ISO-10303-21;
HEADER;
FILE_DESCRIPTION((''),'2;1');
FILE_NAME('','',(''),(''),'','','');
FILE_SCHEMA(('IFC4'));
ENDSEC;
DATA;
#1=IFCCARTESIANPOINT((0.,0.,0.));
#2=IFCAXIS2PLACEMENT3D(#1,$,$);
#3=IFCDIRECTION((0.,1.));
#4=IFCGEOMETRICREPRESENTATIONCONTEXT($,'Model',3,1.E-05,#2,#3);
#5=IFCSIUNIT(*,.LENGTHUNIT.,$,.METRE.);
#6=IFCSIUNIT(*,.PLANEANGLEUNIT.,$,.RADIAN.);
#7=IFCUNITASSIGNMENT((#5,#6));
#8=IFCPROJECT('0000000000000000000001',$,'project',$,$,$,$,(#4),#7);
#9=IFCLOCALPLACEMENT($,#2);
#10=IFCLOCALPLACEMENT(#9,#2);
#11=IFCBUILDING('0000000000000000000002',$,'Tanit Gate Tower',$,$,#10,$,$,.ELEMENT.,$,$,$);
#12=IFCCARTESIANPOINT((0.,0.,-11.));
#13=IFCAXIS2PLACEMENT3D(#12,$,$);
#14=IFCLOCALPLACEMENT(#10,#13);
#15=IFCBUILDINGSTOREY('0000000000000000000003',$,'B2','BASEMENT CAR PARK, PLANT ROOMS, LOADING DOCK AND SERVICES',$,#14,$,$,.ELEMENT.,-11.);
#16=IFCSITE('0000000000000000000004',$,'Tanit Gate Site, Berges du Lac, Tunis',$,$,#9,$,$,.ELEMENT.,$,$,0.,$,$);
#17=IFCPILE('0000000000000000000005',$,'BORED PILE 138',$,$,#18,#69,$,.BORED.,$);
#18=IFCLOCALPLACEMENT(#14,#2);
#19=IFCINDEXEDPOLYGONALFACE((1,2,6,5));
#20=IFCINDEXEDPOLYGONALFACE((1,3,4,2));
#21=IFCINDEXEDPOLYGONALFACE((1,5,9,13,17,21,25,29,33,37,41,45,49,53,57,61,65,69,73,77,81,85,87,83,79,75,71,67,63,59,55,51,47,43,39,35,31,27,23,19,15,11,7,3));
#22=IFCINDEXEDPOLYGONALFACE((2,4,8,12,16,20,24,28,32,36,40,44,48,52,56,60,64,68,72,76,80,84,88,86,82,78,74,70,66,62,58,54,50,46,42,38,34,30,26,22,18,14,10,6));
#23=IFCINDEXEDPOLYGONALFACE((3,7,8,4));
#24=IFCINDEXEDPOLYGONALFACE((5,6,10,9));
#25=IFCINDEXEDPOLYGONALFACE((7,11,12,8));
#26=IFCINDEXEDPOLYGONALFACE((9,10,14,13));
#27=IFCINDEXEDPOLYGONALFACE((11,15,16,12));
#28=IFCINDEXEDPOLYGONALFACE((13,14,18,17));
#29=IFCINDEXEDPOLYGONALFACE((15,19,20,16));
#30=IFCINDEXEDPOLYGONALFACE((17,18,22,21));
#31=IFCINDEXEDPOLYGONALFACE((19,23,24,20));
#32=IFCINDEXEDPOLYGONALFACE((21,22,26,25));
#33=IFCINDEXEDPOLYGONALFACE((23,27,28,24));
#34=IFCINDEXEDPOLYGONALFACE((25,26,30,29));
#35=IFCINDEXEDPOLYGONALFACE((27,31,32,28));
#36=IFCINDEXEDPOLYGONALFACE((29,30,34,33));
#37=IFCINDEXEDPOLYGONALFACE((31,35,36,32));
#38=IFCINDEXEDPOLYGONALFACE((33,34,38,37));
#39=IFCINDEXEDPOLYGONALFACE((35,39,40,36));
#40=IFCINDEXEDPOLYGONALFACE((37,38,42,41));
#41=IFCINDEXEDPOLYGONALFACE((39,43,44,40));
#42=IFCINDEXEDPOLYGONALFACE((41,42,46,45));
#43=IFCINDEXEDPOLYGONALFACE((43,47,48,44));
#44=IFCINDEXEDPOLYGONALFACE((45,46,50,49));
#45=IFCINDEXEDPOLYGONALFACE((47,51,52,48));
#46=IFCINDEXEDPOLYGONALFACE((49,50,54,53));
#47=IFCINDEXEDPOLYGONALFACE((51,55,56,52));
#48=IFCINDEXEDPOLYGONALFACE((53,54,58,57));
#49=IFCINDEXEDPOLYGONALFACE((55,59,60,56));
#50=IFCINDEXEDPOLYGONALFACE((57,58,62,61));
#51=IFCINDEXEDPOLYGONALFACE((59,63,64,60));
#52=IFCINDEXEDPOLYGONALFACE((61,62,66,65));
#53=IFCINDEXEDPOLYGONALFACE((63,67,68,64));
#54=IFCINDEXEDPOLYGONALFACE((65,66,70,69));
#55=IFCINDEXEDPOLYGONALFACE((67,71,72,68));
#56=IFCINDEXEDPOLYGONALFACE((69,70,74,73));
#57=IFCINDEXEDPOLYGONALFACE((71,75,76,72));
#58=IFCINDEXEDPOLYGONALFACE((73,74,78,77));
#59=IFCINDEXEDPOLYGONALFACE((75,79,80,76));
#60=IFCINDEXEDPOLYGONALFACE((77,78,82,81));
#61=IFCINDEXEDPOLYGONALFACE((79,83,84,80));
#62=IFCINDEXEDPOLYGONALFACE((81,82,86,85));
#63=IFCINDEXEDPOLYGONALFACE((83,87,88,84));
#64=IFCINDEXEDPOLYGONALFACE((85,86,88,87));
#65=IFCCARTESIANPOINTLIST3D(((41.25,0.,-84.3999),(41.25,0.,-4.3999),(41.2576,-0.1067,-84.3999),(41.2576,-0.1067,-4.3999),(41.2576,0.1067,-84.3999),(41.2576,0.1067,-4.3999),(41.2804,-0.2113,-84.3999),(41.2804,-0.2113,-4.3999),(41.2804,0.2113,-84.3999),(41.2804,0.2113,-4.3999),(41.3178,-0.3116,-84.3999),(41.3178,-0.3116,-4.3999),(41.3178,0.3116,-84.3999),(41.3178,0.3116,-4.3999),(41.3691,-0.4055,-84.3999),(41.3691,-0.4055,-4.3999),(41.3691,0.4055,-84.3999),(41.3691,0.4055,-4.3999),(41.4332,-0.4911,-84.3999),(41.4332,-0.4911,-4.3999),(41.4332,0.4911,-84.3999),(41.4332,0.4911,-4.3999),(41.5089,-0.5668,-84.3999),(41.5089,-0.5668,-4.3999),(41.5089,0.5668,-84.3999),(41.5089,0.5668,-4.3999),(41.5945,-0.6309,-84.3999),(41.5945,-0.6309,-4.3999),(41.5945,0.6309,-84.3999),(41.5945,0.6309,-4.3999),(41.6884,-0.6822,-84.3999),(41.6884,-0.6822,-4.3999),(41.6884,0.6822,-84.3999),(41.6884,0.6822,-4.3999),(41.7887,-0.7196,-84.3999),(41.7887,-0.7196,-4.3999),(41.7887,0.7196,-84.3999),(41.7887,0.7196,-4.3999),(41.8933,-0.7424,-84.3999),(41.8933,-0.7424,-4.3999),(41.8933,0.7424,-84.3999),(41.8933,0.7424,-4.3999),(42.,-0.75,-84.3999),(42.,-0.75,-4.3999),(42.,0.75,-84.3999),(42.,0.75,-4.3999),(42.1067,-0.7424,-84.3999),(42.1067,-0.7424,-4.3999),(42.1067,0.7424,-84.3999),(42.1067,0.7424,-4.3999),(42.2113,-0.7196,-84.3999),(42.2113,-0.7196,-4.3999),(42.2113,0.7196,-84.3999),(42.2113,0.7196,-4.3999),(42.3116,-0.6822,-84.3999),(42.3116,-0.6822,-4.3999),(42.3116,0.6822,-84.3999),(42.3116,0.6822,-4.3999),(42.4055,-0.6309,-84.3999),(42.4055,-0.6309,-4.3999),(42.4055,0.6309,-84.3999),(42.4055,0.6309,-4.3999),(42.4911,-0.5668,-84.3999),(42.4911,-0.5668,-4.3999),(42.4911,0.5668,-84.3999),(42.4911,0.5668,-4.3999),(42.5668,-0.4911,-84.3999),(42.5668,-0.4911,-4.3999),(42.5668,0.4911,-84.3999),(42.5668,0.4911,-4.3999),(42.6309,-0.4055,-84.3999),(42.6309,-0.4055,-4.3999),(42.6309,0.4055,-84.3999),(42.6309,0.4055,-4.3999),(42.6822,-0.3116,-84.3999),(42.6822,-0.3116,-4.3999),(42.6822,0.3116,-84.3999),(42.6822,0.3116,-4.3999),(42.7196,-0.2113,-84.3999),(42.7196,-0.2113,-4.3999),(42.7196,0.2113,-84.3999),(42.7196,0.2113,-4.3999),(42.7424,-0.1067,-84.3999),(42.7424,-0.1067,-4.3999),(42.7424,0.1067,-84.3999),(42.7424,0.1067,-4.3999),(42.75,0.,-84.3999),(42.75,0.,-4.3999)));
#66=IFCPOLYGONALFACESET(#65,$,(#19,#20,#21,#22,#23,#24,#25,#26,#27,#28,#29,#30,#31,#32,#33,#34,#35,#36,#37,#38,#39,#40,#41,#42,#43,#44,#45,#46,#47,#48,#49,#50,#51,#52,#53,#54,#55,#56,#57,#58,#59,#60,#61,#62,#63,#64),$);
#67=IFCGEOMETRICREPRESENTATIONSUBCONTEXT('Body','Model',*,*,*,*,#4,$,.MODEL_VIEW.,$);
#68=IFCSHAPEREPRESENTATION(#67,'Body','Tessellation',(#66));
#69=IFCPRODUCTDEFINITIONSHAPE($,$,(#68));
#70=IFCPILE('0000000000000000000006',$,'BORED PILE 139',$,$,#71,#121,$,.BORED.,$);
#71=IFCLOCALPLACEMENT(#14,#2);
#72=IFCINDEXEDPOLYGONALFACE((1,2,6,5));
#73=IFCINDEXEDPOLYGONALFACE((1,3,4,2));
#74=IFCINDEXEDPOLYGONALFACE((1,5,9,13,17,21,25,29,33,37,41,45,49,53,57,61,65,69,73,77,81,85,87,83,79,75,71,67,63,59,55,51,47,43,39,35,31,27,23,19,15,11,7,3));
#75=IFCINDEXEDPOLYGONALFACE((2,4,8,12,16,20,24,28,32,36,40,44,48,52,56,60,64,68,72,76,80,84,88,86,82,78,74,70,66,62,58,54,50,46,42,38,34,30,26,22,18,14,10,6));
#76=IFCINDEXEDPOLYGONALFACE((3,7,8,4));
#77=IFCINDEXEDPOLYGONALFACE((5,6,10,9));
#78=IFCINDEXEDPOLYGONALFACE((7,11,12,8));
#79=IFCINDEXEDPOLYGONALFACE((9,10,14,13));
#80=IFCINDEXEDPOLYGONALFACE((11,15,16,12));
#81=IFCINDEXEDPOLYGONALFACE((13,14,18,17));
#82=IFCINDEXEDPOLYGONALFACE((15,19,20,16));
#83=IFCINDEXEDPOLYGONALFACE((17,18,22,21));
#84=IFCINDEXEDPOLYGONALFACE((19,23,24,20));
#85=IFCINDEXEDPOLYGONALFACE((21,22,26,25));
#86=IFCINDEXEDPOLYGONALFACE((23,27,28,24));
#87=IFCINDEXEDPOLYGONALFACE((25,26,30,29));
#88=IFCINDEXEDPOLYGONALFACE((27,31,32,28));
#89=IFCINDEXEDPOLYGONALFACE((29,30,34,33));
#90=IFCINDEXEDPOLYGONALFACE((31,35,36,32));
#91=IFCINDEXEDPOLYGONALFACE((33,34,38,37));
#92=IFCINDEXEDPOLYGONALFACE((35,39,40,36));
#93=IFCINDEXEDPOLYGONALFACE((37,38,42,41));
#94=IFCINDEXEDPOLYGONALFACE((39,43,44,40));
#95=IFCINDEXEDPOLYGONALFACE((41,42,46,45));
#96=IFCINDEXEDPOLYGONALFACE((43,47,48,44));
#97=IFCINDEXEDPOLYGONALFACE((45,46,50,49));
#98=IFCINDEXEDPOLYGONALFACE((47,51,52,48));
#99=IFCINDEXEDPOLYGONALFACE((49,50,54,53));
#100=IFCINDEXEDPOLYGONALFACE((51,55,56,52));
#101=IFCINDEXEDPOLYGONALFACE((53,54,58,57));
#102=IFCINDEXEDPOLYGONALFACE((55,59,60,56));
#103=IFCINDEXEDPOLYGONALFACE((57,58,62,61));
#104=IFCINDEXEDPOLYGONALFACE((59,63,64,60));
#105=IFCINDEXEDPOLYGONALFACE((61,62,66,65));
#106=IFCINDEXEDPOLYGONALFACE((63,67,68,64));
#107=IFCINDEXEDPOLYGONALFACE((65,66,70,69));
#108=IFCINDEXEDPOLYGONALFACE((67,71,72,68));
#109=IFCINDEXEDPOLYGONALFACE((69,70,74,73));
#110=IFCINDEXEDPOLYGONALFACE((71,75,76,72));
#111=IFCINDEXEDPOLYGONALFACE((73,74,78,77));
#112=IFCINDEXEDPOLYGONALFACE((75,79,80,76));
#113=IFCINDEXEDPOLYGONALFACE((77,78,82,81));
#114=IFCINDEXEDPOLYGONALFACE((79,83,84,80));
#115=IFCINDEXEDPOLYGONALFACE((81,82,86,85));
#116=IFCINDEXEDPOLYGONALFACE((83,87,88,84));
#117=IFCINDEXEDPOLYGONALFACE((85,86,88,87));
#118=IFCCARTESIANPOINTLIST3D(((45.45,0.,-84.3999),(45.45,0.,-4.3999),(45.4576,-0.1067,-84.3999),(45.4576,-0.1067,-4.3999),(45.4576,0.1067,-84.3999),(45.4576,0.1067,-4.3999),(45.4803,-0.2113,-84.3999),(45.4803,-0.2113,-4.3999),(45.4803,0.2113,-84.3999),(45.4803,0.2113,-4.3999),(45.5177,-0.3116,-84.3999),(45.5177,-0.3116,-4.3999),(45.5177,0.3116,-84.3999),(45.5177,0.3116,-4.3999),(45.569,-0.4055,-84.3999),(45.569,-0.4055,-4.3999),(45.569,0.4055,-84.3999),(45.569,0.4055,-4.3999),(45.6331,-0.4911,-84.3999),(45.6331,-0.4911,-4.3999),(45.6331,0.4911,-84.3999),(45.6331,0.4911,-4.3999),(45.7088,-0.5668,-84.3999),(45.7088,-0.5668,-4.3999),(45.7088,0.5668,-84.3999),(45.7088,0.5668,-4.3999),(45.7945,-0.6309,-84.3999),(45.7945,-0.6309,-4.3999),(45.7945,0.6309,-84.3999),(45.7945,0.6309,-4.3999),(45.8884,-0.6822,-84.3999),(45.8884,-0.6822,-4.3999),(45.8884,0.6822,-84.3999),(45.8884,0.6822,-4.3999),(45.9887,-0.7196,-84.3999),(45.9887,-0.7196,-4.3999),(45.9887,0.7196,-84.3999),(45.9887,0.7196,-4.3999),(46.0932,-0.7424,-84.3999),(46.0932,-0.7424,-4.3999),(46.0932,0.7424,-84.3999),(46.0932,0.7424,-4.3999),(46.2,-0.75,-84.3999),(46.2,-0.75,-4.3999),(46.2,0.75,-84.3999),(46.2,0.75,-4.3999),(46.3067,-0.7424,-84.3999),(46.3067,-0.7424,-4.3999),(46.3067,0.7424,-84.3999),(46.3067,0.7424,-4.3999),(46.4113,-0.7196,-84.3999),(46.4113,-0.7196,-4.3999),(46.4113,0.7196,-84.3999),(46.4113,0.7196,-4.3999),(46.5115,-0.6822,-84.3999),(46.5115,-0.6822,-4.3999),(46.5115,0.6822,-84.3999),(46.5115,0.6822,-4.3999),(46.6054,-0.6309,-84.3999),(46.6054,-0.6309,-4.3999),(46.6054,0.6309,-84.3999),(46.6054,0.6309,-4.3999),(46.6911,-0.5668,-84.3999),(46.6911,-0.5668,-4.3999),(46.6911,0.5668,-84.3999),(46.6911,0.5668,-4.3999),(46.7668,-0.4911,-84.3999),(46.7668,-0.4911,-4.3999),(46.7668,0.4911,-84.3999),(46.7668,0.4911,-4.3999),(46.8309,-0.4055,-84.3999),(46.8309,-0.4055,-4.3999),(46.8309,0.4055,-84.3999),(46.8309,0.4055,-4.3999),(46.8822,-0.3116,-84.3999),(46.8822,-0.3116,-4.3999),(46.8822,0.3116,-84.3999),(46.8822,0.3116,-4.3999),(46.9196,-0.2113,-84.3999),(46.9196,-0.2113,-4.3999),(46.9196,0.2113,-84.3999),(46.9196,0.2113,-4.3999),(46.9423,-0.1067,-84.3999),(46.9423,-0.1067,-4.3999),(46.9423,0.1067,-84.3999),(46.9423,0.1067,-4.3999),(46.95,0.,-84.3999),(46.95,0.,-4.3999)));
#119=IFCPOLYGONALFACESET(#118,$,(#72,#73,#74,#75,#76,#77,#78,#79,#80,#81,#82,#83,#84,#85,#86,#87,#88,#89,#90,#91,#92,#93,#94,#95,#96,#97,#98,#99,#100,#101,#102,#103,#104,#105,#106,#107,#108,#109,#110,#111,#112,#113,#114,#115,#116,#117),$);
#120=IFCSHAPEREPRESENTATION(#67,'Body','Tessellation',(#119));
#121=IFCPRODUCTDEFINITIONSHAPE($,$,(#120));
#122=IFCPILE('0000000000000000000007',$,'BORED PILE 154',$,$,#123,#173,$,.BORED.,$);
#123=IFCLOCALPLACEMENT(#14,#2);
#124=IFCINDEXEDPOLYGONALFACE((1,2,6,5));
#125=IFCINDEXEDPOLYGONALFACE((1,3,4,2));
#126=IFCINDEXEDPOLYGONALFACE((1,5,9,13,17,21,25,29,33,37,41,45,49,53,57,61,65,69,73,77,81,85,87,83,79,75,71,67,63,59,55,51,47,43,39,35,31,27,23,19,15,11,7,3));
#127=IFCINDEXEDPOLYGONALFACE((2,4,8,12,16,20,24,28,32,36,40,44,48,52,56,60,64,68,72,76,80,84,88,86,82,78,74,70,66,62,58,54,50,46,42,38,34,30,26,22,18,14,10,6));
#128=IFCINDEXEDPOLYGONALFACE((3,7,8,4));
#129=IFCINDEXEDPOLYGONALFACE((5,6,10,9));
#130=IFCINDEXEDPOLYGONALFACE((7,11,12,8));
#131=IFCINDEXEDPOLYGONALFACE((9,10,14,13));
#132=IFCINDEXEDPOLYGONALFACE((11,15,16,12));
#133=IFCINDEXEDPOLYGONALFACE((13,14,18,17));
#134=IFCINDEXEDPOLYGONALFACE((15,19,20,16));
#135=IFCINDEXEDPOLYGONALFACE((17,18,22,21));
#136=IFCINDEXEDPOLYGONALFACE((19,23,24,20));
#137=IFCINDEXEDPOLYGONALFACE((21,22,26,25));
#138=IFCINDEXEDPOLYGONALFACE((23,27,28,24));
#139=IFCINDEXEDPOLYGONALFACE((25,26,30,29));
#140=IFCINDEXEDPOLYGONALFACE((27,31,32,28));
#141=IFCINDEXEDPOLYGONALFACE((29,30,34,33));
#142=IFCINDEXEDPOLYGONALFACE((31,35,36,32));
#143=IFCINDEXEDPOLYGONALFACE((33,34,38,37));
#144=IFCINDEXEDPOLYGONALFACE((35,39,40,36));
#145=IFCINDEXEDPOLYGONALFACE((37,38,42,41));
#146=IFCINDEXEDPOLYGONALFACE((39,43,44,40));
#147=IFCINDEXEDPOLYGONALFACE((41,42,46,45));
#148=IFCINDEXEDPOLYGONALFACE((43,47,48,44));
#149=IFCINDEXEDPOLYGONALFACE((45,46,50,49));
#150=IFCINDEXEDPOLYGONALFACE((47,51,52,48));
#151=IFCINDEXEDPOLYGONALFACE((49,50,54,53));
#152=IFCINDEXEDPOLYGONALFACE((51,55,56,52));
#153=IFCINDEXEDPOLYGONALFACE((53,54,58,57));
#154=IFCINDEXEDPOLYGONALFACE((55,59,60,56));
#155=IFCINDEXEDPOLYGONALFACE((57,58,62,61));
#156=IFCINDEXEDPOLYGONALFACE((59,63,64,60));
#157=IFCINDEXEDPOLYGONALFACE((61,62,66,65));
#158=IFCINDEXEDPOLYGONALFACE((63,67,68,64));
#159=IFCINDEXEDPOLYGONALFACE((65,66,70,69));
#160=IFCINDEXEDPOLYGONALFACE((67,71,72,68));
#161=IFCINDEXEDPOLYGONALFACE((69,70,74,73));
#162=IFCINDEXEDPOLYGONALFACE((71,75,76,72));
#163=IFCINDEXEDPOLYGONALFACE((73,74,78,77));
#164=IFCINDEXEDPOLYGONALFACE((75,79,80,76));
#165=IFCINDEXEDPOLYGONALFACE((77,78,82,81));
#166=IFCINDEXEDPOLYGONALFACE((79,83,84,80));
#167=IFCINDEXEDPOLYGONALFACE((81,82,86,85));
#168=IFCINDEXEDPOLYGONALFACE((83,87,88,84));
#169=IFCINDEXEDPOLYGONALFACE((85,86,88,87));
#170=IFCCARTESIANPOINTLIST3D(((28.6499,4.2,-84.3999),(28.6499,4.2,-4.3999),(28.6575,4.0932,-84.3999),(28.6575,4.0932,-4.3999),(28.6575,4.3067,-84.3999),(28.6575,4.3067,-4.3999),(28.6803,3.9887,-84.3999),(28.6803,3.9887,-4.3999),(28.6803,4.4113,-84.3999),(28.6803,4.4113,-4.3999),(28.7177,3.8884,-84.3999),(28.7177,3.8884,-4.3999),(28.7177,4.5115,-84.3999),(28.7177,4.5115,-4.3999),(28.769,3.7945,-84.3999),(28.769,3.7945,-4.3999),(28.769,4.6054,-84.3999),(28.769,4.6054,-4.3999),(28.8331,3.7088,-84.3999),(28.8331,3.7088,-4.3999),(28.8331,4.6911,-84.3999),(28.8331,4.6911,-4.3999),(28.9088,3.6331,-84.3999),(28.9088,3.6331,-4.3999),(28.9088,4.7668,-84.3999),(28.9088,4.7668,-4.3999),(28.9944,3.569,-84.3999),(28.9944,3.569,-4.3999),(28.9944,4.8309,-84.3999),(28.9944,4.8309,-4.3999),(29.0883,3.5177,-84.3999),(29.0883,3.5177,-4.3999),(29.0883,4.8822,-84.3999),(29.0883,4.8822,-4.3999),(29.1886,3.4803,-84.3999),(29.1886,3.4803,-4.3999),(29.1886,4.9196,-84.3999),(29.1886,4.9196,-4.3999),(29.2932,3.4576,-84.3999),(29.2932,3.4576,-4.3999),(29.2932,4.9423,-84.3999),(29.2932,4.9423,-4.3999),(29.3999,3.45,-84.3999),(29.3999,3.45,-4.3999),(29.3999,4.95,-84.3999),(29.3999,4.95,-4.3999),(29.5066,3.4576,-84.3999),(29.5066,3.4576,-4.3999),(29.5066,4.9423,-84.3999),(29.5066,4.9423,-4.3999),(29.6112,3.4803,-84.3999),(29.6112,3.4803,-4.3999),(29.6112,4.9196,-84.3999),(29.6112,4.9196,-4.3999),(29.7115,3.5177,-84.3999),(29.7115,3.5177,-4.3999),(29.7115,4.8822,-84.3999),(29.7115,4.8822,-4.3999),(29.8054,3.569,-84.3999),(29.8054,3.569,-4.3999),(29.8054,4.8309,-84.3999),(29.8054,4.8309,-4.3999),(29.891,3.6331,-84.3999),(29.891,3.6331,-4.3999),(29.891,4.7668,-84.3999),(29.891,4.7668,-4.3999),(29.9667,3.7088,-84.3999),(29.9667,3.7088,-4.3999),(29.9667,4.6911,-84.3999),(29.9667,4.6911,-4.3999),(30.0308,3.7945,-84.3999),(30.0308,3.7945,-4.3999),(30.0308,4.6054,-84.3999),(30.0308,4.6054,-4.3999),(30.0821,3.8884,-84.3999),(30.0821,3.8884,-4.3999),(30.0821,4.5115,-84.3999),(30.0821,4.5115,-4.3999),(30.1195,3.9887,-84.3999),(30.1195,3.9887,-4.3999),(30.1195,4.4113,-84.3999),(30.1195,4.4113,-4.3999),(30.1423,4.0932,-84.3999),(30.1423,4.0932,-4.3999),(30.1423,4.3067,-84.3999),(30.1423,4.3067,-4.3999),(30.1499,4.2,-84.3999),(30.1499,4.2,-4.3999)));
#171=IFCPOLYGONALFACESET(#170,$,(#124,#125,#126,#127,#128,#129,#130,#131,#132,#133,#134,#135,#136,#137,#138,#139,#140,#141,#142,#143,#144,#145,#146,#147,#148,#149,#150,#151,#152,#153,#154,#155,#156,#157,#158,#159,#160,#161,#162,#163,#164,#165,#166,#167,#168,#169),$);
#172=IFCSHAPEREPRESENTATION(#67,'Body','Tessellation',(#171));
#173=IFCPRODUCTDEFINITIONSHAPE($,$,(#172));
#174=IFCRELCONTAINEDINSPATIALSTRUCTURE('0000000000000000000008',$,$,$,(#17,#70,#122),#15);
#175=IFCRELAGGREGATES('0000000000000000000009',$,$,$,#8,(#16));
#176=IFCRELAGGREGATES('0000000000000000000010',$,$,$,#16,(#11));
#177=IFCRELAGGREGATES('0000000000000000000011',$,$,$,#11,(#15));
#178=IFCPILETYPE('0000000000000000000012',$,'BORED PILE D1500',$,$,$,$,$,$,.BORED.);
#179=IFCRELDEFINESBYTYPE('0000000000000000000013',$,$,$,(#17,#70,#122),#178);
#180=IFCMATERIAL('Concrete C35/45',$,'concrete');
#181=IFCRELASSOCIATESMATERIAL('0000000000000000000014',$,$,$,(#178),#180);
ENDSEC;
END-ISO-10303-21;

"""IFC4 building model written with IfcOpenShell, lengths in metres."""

from ifc_helpers import new_model, si_unit, direction, frame, origin, origin_2d, place, context, subcontext, project, spatial, circle, extrude, material, material_profile, profile_set, type_object, element, save


model = new_model("IFC4")

# Units and contexts
model_context = context("Model", 3, precision=1e-05, world=origin(), true_north=direction((0.0, 1.0)))
body_context = subcontext(model_context, "Body", "Model", "MODEL_VIEW")
ifc_project = project(units=[si_unit("LENGTHUNIT", "METRE"), si_unit("PLANEANGLEUNIT", "RADIAN")], contexts=[model_context])

# Site, building, storey
site_placement = place(None, origin())
site = spatial("IfcSite", under=ifc_project, at=site_placement, Name="Tanit Gate Site, Berges du Lac, Tunis", CompositionType="ELEMENT", RefElevation=0.0)
building_placement = place(site_placement, origin())
building = spatial("IfcBuilding", under=site, at=building_placement, Name="Tanit Gate Tower", CompositionType="ELEMENT")
storey_placement = place(building_placement, frame((0.0, 0.0, -11.0)))
storey = spatial("IfcBuildingStorey", under=building, at=storey_placement, Name="B2", Description="BASEMENT CAR PARK, PLANT ROOMS, LOADING DOCK AND SERVICES", CompositionType="ELEMENT", Elevation=-11.0)

# Piles
ifc_material_1 = material(Name="Concrete C35/45", Category="concrete")
ifc_material_profile_1 = material_profile(ifc_material_1, circle(Radius=0.75, at=origin_2d()), Name="BORED PILE D1500 C35/45")
ifc_profile_set_1 = profile_set([ifc_material_profile_1], Name="Concrete C35/45")
pile_type = type_object("IfcPileType", Name="BORED PILE D1500", PredefinedType="BORED", material=ifc_profile_set_1)
for number, where, z_axis, x_axis, name in (
    (1, (42.0, 0.0, -4.3999), (0.0, 0.0, -1.0), (1.0, 0.0, 0.0), "BORED PILE 138"),
    (2, (46.2, 0.0, -4.3999), (0.0, 0.0, -1.0), (1.0, 0.0, 0.0), "BORED PILE 139"),
    (3, (29.3999, 4.2, -4.3999), (0.0, 0.0, -1.0), (1.0, 0.0, 0.0), "BORED PILE 154"),
):
    element("IfcPile", number, at=place(storey_placement, frame(where, z_axis=z_axis, x_axis=x_axis)), inside=storey, type_object=pile_type, Name=name, PredefinedType="BORED", context=body_context, shape_type="SweptSolid", body=[
        extrude(circle(Radius=0.75, at=origin_2d()), origin(), (0.0, 0.0, 1.0), 80.0),
    ])

save(model, "model.ifc")
